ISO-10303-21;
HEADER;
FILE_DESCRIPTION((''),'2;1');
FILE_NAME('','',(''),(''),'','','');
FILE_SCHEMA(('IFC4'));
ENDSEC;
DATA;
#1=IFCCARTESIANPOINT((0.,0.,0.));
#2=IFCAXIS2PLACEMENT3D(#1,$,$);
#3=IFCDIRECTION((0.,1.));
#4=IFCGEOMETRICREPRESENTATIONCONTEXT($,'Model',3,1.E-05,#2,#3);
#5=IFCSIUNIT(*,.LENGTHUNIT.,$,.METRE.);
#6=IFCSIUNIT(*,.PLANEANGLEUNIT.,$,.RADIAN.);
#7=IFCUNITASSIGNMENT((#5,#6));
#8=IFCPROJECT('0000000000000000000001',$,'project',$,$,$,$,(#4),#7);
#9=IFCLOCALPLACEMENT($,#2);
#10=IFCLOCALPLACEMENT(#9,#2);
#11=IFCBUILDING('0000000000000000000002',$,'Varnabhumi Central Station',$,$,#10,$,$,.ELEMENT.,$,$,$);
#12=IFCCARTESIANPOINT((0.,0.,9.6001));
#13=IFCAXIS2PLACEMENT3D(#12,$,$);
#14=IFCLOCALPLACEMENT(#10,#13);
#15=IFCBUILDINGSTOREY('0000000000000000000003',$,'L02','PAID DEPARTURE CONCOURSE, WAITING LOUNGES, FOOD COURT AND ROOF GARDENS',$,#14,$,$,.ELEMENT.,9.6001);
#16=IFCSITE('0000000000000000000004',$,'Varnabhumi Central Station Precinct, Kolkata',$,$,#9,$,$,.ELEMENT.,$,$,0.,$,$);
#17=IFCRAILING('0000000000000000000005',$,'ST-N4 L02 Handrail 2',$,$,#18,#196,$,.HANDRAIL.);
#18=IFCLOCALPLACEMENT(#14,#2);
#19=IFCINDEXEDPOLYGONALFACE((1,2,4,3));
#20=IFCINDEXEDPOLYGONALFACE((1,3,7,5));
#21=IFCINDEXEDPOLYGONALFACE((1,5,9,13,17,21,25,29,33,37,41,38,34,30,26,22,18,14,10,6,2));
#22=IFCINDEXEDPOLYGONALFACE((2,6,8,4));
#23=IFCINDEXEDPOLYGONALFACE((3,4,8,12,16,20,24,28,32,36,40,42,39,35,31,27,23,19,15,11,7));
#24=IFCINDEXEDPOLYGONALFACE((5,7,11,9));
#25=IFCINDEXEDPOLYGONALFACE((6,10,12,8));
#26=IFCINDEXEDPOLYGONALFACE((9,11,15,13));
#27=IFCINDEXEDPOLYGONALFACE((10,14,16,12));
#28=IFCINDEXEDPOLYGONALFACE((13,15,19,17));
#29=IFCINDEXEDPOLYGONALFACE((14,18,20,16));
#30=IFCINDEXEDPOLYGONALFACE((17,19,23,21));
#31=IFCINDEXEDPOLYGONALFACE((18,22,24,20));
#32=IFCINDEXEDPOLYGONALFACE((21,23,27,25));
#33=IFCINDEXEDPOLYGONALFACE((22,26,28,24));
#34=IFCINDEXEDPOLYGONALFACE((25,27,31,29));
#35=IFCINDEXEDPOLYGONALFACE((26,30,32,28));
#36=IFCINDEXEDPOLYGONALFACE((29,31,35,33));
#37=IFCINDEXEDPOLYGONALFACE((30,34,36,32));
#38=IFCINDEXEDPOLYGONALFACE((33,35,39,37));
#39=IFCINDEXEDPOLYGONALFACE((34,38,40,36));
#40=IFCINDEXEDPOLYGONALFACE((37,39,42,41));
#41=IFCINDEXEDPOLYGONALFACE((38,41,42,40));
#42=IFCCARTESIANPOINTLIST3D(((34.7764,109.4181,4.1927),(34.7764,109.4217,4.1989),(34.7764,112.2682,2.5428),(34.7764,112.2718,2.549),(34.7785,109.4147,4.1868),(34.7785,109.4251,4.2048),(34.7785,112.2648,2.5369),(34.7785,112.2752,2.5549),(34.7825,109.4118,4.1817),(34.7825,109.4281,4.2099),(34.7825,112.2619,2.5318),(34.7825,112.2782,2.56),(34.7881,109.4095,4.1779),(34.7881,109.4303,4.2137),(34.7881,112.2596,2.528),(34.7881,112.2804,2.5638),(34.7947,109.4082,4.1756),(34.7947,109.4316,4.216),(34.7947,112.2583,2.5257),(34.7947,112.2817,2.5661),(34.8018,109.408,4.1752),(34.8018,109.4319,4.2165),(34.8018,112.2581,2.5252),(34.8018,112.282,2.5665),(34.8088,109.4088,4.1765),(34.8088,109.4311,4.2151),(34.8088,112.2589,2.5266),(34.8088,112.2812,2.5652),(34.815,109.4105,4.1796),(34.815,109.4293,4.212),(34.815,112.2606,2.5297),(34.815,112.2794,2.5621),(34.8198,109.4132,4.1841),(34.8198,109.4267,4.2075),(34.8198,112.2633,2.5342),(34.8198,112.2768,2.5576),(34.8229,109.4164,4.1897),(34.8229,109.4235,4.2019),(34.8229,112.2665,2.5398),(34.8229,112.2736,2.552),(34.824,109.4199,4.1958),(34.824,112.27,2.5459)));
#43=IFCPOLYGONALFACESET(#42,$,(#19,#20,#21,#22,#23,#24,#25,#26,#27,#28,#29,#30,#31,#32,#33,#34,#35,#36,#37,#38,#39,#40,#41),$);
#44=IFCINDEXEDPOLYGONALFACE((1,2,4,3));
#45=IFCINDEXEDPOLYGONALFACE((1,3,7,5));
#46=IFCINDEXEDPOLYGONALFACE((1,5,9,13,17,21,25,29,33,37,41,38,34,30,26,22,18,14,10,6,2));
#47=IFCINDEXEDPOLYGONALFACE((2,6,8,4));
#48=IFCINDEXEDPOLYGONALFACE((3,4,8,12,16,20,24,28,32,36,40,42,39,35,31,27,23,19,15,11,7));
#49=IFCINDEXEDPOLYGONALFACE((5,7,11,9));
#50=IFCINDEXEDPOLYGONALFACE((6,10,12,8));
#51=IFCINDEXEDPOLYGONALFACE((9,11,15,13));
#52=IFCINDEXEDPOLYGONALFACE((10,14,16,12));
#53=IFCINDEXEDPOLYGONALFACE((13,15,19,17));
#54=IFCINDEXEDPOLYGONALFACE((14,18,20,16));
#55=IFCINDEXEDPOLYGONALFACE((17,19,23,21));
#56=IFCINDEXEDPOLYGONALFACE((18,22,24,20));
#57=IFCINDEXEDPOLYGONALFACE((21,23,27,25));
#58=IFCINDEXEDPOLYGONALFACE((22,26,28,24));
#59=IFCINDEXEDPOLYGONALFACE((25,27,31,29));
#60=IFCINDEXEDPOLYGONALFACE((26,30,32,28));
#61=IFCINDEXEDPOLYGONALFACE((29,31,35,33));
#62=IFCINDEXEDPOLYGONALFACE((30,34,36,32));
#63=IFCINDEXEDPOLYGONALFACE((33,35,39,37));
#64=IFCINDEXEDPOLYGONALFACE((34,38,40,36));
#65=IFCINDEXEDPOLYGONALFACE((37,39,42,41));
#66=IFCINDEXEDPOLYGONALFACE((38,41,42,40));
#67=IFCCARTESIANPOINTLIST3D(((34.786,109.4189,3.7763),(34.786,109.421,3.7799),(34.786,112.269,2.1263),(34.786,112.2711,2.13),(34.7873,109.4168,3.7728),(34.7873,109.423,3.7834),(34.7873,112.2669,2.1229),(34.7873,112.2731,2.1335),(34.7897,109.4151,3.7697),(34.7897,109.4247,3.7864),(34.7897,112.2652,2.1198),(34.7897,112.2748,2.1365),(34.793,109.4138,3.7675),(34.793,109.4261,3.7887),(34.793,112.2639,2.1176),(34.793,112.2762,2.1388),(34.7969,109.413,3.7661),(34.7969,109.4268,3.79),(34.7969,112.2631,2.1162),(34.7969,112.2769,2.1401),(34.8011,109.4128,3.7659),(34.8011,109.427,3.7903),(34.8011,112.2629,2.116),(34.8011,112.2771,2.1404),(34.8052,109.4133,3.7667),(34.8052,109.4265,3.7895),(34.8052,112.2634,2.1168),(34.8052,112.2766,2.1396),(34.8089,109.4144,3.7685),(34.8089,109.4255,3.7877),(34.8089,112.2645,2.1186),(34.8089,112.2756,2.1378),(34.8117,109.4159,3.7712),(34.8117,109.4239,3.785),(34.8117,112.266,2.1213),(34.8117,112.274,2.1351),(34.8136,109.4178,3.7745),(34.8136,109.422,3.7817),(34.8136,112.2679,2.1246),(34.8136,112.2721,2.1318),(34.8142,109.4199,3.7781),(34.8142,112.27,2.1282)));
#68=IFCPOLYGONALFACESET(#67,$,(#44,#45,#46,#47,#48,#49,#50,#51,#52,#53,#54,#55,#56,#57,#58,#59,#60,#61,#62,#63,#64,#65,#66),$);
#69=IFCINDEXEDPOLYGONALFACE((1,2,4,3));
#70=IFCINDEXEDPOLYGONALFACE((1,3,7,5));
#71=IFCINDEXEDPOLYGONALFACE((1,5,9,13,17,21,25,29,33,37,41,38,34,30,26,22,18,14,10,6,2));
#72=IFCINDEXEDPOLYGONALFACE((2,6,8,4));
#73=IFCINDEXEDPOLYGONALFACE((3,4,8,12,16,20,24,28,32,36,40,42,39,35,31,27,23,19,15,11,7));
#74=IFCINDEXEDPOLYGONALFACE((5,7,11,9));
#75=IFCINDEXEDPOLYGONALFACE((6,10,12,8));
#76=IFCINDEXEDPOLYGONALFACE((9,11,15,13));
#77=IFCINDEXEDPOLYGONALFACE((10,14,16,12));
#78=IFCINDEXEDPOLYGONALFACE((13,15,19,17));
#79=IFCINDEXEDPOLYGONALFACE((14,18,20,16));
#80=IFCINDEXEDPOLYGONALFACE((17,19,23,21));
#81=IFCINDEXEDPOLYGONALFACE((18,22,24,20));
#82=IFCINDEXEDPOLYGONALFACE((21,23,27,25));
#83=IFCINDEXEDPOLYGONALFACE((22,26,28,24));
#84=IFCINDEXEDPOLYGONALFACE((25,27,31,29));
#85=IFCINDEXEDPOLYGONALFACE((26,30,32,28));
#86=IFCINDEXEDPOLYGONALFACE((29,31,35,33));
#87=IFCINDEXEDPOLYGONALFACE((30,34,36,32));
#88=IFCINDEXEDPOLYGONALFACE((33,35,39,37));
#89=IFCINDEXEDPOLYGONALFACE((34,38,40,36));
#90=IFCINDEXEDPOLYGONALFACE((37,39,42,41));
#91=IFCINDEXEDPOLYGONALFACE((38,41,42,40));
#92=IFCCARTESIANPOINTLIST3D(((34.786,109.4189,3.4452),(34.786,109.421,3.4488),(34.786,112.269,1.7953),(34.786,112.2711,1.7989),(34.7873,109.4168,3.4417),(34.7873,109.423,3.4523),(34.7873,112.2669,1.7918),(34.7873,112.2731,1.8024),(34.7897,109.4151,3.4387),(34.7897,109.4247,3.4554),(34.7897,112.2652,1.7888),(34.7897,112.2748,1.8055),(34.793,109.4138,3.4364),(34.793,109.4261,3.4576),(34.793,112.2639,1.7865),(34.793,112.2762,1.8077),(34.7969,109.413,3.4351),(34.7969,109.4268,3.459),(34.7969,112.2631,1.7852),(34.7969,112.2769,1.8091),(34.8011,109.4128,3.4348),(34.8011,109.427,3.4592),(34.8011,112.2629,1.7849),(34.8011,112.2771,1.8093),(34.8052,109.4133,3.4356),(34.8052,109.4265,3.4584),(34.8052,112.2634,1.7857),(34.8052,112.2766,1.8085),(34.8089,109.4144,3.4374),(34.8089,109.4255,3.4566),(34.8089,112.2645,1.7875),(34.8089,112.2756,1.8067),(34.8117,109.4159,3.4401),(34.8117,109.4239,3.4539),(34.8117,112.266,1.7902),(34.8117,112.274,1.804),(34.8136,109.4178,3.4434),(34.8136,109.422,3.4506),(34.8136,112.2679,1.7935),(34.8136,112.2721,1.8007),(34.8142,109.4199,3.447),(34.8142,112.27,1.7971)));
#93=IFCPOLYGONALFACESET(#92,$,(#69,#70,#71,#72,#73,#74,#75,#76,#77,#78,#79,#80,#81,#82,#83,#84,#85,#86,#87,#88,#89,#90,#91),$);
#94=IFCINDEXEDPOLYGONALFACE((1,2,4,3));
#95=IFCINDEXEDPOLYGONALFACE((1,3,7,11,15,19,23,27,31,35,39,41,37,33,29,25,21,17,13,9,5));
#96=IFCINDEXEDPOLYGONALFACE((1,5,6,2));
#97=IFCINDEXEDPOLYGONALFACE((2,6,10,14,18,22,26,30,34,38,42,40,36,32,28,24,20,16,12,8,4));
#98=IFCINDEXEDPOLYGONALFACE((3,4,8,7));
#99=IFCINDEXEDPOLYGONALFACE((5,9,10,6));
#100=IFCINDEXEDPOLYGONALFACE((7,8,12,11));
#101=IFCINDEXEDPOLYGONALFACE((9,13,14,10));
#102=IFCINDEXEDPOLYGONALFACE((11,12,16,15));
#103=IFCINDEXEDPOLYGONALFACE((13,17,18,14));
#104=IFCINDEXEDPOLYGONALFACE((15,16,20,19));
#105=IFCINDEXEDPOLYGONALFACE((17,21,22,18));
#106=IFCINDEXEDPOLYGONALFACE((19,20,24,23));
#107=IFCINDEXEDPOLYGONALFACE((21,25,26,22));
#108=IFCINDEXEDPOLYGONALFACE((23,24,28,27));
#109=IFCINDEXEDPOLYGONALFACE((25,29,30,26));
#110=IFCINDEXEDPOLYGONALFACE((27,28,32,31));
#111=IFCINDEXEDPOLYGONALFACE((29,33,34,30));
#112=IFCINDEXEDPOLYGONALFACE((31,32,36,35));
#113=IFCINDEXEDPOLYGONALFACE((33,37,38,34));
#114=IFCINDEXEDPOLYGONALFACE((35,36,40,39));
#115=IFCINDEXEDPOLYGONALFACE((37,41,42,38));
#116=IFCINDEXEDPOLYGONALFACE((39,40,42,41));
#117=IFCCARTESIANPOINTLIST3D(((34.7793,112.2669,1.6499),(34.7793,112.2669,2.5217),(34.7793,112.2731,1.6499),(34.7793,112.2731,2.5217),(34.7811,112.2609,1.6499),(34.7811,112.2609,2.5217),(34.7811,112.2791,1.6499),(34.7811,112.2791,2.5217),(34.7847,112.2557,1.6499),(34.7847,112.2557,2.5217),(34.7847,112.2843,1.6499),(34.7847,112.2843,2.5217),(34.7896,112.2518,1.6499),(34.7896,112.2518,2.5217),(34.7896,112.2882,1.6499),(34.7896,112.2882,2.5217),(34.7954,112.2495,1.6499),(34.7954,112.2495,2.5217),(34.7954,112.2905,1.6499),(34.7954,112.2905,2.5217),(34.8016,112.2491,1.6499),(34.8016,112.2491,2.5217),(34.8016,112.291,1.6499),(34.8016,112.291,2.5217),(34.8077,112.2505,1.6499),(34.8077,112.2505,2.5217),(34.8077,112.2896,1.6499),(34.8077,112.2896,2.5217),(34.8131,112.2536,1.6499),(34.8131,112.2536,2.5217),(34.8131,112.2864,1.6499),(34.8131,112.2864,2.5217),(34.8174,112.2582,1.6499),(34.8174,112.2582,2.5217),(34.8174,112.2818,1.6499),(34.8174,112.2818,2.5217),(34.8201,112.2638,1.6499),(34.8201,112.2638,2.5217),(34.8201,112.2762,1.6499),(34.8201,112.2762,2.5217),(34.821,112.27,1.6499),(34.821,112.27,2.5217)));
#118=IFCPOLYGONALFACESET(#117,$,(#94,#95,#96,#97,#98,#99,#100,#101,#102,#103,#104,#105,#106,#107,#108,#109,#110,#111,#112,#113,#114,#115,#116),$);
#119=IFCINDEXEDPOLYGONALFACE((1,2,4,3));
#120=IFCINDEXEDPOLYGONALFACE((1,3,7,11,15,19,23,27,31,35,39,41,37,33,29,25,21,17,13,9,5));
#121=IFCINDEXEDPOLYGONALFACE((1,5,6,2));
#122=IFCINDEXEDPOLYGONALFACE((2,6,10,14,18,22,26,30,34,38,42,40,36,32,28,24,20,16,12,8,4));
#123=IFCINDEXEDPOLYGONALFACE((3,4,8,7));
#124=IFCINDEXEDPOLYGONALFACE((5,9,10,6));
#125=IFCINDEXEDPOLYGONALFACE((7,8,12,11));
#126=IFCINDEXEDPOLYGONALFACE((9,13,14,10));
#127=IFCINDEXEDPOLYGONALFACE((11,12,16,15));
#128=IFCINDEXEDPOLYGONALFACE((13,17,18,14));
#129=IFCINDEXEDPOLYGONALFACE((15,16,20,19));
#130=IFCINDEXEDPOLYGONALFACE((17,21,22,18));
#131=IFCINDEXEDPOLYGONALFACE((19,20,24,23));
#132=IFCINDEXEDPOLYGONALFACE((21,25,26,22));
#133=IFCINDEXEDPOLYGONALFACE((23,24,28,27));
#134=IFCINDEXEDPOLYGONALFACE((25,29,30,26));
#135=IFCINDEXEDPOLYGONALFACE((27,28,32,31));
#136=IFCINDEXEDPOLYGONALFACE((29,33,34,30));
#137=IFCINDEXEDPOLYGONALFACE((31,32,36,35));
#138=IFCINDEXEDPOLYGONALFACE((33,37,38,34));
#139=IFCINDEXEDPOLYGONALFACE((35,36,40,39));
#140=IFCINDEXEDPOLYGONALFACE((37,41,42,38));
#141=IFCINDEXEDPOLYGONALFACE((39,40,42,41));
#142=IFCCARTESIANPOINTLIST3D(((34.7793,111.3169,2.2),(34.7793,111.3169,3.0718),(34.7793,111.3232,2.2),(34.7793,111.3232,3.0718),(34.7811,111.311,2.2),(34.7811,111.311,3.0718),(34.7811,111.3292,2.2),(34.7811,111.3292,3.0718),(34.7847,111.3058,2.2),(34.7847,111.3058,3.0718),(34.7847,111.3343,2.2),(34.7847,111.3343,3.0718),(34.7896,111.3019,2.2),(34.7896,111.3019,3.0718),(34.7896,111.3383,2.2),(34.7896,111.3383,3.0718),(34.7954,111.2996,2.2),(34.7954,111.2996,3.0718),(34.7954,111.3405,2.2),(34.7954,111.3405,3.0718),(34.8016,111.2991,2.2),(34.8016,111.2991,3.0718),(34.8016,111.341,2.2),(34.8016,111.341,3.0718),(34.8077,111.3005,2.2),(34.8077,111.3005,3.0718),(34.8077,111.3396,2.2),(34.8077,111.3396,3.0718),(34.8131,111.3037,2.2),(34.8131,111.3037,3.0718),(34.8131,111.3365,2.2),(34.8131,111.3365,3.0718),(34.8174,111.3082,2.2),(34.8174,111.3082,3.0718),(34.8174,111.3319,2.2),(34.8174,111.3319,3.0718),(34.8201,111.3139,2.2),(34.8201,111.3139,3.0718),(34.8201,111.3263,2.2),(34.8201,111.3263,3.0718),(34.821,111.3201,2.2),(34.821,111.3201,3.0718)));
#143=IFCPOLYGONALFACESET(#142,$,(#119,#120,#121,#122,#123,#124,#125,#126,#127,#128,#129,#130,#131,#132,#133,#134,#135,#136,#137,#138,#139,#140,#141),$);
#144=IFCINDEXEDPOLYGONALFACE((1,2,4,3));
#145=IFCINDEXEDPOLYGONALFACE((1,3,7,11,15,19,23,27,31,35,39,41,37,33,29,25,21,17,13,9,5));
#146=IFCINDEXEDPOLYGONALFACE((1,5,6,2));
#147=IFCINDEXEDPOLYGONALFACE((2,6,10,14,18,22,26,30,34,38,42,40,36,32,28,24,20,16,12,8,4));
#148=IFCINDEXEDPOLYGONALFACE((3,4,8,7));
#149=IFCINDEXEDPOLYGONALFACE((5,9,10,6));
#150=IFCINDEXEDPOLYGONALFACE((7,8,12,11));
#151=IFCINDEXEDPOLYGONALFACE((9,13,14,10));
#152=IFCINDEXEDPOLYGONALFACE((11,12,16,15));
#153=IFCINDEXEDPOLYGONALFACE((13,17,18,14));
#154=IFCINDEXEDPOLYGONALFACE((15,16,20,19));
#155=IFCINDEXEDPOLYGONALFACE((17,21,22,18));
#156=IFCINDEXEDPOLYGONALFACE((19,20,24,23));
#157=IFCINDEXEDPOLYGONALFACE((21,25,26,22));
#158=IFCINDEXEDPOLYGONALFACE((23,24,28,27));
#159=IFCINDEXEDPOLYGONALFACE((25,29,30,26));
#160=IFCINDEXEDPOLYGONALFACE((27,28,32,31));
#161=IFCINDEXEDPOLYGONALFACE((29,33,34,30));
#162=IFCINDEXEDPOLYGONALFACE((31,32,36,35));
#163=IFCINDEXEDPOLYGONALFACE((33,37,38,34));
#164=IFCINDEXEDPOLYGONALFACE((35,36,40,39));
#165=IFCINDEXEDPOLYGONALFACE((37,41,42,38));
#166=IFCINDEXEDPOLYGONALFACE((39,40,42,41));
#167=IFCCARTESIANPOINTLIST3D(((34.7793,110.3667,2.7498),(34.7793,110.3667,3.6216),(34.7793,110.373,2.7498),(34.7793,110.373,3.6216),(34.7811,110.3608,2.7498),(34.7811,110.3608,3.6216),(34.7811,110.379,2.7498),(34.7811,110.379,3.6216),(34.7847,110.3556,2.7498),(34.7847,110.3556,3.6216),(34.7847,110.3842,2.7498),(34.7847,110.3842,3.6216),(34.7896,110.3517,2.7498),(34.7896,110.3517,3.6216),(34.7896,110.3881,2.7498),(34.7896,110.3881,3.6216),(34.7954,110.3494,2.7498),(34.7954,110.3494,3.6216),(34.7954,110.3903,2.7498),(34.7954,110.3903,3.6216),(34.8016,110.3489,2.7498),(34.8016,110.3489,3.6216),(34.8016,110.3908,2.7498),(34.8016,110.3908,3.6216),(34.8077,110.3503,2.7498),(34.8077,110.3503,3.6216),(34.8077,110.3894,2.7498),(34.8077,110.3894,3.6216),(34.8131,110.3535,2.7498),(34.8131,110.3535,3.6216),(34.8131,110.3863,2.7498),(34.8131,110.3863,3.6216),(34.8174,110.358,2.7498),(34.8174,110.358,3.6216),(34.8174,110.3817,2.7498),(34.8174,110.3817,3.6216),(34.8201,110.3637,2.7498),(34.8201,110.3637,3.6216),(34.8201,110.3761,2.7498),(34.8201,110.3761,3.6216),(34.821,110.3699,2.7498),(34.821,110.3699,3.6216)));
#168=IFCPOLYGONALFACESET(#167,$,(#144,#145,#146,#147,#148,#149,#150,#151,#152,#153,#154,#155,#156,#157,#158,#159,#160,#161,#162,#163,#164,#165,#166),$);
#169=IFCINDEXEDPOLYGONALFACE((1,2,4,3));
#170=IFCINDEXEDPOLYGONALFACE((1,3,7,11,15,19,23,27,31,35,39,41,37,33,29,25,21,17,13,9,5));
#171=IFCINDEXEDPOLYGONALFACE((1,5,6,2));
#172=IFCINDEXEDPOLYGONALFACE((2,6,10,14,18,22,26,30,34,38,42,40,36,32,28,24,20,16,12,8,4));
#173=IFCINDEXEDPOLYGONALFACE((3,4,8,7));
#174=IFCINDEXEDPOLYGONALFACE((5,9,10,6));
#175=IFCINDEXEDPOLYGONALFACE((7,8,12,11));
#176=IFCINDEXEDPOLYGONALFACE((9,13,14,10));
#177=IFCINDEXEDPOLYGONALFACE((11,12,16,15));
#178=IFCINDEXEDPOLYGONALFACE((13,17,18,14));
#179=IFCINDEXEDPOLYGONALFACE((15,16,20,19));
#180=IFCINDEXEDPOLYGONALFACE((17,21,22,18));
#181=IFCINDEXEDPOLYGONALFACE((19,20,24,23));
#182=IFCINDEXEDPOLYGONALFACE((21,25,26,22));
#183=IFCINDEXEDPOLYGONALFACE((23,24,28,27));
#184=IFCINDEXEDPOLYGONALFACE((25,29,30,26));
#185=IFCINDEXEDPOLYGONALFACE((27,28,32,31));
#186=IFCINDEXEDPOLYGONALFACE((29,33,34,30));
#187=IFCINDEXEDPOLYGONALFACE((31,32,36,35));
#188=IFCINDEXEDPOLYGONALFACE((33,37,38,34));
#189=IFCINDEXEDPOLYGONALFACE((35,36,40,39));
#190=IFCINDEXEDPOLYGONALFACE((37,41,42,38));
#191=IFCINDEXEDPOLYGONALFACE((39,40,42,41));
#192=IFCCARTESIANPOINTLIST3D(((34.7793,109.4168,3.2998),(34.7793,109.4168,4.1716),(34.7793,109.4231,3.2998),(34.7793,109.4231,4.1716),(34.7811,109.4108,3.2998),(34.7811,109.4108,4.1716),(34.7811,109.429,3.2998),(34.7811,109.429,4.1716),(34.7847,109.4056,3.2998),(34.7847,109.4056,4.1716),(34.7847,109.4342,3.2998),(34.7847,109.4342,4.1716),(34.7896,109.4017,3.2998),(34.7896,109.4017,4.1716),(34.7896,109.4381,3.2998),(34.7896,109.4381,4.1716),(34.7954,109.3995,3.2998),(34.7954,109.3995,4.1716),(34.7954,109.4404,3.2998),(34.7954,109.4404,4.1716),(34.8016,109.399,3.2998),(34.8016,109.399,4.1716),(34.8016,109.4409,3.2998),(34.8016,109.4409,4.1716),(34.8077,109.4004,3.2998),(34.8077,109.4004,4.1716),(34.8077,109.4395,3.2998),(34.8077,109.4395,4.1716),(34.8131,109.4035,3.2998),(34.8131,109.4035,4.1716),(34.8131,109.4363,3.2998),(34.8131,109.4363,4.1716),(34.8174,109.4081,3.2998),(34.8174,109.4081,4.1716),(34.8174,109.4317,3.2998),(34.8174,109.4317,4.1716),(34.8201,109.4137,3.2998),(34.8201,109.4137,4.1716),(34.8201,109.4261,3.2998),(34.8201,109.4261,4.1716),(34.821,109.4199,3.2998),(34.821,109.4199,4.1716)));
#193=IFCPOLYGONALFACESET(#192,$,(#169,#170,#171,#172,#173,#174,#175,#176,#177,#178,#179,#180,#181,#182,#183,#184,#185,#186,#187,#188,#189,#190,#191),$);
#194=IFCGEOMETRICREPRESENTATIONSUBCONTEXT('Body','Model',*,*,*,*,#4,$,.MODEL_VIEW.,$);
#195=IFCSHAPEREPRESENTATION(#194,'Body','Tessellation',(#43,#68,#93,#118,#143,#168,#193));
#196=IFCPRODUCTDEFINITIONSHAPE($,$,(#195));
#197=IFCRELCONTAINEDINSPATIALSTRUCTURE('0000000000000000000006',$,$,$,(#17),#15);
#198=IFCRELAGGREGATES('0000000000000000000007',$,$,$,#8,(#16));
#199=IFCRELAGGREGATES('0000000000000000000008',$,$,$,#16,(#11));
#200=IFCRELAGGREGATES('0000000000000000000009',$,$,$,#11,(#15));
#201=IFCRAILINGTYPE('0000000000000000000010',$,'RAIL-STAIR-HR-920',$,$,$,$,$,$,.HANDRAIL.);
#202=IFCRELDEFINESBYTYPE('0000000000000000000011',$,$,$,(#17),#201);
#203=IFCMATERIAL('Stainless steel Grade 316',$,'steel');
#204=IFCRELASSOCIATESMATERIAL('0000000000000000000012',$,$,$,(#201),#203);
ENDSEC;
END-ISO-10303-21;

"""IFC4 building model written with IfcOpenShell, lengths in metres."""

from ifc_helpers import new_model, si_unit, direction, frame, origin, origin_2d, place, context, subcontext, project, spatial, circle, extrude, material, type_object, element, save


model = new_model("IFC4")

# Units and contexts
model_context = context("Model", 3, precision=1e-05, world=origin(), true_north=direction((0.0, 1.0)))
body_context = subcontext(model_context, "Body", "Model", "MODEL_VIEW")
ifc_project = project(units=[si_unit("LENGTHUNIT", "METRE"), si_unit("PLANEANGLEUNIT", "RADIAN")], contexts=[model_context])

# Site, building, storey
site_placement = place(None, origin())
site = spatial("IfcSite", under=ifc_project, at=site_placement, Name="Varnabhumi Central Station Precinct, Kolkata", CompositionType="ELEMENT", RefElevation=0.0)
building_placement = place(site_placement, origin())
building = spatial("IfcBuilding", under=site, at=building_placement, Name="Varnabhumi Central Station", CompositionType="ELEMENT")
storey_placement = place(building_placement, frame((0.0, 0.0, 9.6001)))
storey = spatial("IfcBuildingStorey", under=building, at=storey_placement, Name="L02", Description="PAID DEPARTURE CONCOURSE, WAITING LOUNGES, FOOD COURT AND ROOF GARDENS", CompositionType="ELEMENT", Elevation=9.6001)

# Shared definitions
ifc_material_1 = material(Name="Stainless steel Grade 316", Category="steel")

# Railing
railing_type_1 = type_object("IfcRailingType", Name="RAIL-STAIR-HR-920", PredefinedType="HANDRAIL", material=ifc_material_1)
railing_1_placement = place(storey_placement, frame((34.8, 112.27, 1.6499)))
element("IfcRailing", 1, at=railing_1_placement, inside=storey, type_object=railing_type_1, Name="ST-N4 L02 Handrail 2", PredefinedType="HANDRAIL", context=body_context, shape_type="SweptSolid", body=[
    extrude(circle(Radius=0.0239, at=origin_2d()), frame((0.0, 0.0, 0.896), z_axis=(0.0, -0.865447, 0.501001), x_axis=(1.0, 0.0, 0.0)), (0.0, 0.0, 1.0), 3.2932),
    extrude(circle(Radius=0.0142, at=origin_2d()), frame((0.0, 0.0, 0.4783), z_axis=(0.0, -0.865447, 0.501001), x_axis=(1.0, 0.0, 0.0)), (0.0, 0.0, 1.0), 3.2932),
    extrude(circle(Radius=0.0142, at=origin_2d()), frame((0.0, 0.0, 0.1472), z_axis=(0.0, -0.865447, 0.501001), x_axis=(1.0, 0.0, 0.0)), (0.0, 0.0, 1.0), 3.2932),
    extrude(circle(Radius=0.021, at=origin_2d()), origin(), (0.0, 0.0, 1.0), 0.8718),
    extrude(circle(Radius=0.021, at=origin_2d()), frame((0.0, -0.95, 0.55)), (0.0, 0.0, 1.0), 0.8718),
    extrude(circle(Radius=0.021, at=origin_2d()), frame((0.0, -1.9001, 1.0999)), (0.0, 0.0, 1.0), 0.8718),
    extrude(circle(Radius=0.021, at=origin_2d()), frame((0.0, -2.8501, 1.6499)), (0.0, 0.0, 1.0), 0.8718),
])

save(model, "model.ifc")
